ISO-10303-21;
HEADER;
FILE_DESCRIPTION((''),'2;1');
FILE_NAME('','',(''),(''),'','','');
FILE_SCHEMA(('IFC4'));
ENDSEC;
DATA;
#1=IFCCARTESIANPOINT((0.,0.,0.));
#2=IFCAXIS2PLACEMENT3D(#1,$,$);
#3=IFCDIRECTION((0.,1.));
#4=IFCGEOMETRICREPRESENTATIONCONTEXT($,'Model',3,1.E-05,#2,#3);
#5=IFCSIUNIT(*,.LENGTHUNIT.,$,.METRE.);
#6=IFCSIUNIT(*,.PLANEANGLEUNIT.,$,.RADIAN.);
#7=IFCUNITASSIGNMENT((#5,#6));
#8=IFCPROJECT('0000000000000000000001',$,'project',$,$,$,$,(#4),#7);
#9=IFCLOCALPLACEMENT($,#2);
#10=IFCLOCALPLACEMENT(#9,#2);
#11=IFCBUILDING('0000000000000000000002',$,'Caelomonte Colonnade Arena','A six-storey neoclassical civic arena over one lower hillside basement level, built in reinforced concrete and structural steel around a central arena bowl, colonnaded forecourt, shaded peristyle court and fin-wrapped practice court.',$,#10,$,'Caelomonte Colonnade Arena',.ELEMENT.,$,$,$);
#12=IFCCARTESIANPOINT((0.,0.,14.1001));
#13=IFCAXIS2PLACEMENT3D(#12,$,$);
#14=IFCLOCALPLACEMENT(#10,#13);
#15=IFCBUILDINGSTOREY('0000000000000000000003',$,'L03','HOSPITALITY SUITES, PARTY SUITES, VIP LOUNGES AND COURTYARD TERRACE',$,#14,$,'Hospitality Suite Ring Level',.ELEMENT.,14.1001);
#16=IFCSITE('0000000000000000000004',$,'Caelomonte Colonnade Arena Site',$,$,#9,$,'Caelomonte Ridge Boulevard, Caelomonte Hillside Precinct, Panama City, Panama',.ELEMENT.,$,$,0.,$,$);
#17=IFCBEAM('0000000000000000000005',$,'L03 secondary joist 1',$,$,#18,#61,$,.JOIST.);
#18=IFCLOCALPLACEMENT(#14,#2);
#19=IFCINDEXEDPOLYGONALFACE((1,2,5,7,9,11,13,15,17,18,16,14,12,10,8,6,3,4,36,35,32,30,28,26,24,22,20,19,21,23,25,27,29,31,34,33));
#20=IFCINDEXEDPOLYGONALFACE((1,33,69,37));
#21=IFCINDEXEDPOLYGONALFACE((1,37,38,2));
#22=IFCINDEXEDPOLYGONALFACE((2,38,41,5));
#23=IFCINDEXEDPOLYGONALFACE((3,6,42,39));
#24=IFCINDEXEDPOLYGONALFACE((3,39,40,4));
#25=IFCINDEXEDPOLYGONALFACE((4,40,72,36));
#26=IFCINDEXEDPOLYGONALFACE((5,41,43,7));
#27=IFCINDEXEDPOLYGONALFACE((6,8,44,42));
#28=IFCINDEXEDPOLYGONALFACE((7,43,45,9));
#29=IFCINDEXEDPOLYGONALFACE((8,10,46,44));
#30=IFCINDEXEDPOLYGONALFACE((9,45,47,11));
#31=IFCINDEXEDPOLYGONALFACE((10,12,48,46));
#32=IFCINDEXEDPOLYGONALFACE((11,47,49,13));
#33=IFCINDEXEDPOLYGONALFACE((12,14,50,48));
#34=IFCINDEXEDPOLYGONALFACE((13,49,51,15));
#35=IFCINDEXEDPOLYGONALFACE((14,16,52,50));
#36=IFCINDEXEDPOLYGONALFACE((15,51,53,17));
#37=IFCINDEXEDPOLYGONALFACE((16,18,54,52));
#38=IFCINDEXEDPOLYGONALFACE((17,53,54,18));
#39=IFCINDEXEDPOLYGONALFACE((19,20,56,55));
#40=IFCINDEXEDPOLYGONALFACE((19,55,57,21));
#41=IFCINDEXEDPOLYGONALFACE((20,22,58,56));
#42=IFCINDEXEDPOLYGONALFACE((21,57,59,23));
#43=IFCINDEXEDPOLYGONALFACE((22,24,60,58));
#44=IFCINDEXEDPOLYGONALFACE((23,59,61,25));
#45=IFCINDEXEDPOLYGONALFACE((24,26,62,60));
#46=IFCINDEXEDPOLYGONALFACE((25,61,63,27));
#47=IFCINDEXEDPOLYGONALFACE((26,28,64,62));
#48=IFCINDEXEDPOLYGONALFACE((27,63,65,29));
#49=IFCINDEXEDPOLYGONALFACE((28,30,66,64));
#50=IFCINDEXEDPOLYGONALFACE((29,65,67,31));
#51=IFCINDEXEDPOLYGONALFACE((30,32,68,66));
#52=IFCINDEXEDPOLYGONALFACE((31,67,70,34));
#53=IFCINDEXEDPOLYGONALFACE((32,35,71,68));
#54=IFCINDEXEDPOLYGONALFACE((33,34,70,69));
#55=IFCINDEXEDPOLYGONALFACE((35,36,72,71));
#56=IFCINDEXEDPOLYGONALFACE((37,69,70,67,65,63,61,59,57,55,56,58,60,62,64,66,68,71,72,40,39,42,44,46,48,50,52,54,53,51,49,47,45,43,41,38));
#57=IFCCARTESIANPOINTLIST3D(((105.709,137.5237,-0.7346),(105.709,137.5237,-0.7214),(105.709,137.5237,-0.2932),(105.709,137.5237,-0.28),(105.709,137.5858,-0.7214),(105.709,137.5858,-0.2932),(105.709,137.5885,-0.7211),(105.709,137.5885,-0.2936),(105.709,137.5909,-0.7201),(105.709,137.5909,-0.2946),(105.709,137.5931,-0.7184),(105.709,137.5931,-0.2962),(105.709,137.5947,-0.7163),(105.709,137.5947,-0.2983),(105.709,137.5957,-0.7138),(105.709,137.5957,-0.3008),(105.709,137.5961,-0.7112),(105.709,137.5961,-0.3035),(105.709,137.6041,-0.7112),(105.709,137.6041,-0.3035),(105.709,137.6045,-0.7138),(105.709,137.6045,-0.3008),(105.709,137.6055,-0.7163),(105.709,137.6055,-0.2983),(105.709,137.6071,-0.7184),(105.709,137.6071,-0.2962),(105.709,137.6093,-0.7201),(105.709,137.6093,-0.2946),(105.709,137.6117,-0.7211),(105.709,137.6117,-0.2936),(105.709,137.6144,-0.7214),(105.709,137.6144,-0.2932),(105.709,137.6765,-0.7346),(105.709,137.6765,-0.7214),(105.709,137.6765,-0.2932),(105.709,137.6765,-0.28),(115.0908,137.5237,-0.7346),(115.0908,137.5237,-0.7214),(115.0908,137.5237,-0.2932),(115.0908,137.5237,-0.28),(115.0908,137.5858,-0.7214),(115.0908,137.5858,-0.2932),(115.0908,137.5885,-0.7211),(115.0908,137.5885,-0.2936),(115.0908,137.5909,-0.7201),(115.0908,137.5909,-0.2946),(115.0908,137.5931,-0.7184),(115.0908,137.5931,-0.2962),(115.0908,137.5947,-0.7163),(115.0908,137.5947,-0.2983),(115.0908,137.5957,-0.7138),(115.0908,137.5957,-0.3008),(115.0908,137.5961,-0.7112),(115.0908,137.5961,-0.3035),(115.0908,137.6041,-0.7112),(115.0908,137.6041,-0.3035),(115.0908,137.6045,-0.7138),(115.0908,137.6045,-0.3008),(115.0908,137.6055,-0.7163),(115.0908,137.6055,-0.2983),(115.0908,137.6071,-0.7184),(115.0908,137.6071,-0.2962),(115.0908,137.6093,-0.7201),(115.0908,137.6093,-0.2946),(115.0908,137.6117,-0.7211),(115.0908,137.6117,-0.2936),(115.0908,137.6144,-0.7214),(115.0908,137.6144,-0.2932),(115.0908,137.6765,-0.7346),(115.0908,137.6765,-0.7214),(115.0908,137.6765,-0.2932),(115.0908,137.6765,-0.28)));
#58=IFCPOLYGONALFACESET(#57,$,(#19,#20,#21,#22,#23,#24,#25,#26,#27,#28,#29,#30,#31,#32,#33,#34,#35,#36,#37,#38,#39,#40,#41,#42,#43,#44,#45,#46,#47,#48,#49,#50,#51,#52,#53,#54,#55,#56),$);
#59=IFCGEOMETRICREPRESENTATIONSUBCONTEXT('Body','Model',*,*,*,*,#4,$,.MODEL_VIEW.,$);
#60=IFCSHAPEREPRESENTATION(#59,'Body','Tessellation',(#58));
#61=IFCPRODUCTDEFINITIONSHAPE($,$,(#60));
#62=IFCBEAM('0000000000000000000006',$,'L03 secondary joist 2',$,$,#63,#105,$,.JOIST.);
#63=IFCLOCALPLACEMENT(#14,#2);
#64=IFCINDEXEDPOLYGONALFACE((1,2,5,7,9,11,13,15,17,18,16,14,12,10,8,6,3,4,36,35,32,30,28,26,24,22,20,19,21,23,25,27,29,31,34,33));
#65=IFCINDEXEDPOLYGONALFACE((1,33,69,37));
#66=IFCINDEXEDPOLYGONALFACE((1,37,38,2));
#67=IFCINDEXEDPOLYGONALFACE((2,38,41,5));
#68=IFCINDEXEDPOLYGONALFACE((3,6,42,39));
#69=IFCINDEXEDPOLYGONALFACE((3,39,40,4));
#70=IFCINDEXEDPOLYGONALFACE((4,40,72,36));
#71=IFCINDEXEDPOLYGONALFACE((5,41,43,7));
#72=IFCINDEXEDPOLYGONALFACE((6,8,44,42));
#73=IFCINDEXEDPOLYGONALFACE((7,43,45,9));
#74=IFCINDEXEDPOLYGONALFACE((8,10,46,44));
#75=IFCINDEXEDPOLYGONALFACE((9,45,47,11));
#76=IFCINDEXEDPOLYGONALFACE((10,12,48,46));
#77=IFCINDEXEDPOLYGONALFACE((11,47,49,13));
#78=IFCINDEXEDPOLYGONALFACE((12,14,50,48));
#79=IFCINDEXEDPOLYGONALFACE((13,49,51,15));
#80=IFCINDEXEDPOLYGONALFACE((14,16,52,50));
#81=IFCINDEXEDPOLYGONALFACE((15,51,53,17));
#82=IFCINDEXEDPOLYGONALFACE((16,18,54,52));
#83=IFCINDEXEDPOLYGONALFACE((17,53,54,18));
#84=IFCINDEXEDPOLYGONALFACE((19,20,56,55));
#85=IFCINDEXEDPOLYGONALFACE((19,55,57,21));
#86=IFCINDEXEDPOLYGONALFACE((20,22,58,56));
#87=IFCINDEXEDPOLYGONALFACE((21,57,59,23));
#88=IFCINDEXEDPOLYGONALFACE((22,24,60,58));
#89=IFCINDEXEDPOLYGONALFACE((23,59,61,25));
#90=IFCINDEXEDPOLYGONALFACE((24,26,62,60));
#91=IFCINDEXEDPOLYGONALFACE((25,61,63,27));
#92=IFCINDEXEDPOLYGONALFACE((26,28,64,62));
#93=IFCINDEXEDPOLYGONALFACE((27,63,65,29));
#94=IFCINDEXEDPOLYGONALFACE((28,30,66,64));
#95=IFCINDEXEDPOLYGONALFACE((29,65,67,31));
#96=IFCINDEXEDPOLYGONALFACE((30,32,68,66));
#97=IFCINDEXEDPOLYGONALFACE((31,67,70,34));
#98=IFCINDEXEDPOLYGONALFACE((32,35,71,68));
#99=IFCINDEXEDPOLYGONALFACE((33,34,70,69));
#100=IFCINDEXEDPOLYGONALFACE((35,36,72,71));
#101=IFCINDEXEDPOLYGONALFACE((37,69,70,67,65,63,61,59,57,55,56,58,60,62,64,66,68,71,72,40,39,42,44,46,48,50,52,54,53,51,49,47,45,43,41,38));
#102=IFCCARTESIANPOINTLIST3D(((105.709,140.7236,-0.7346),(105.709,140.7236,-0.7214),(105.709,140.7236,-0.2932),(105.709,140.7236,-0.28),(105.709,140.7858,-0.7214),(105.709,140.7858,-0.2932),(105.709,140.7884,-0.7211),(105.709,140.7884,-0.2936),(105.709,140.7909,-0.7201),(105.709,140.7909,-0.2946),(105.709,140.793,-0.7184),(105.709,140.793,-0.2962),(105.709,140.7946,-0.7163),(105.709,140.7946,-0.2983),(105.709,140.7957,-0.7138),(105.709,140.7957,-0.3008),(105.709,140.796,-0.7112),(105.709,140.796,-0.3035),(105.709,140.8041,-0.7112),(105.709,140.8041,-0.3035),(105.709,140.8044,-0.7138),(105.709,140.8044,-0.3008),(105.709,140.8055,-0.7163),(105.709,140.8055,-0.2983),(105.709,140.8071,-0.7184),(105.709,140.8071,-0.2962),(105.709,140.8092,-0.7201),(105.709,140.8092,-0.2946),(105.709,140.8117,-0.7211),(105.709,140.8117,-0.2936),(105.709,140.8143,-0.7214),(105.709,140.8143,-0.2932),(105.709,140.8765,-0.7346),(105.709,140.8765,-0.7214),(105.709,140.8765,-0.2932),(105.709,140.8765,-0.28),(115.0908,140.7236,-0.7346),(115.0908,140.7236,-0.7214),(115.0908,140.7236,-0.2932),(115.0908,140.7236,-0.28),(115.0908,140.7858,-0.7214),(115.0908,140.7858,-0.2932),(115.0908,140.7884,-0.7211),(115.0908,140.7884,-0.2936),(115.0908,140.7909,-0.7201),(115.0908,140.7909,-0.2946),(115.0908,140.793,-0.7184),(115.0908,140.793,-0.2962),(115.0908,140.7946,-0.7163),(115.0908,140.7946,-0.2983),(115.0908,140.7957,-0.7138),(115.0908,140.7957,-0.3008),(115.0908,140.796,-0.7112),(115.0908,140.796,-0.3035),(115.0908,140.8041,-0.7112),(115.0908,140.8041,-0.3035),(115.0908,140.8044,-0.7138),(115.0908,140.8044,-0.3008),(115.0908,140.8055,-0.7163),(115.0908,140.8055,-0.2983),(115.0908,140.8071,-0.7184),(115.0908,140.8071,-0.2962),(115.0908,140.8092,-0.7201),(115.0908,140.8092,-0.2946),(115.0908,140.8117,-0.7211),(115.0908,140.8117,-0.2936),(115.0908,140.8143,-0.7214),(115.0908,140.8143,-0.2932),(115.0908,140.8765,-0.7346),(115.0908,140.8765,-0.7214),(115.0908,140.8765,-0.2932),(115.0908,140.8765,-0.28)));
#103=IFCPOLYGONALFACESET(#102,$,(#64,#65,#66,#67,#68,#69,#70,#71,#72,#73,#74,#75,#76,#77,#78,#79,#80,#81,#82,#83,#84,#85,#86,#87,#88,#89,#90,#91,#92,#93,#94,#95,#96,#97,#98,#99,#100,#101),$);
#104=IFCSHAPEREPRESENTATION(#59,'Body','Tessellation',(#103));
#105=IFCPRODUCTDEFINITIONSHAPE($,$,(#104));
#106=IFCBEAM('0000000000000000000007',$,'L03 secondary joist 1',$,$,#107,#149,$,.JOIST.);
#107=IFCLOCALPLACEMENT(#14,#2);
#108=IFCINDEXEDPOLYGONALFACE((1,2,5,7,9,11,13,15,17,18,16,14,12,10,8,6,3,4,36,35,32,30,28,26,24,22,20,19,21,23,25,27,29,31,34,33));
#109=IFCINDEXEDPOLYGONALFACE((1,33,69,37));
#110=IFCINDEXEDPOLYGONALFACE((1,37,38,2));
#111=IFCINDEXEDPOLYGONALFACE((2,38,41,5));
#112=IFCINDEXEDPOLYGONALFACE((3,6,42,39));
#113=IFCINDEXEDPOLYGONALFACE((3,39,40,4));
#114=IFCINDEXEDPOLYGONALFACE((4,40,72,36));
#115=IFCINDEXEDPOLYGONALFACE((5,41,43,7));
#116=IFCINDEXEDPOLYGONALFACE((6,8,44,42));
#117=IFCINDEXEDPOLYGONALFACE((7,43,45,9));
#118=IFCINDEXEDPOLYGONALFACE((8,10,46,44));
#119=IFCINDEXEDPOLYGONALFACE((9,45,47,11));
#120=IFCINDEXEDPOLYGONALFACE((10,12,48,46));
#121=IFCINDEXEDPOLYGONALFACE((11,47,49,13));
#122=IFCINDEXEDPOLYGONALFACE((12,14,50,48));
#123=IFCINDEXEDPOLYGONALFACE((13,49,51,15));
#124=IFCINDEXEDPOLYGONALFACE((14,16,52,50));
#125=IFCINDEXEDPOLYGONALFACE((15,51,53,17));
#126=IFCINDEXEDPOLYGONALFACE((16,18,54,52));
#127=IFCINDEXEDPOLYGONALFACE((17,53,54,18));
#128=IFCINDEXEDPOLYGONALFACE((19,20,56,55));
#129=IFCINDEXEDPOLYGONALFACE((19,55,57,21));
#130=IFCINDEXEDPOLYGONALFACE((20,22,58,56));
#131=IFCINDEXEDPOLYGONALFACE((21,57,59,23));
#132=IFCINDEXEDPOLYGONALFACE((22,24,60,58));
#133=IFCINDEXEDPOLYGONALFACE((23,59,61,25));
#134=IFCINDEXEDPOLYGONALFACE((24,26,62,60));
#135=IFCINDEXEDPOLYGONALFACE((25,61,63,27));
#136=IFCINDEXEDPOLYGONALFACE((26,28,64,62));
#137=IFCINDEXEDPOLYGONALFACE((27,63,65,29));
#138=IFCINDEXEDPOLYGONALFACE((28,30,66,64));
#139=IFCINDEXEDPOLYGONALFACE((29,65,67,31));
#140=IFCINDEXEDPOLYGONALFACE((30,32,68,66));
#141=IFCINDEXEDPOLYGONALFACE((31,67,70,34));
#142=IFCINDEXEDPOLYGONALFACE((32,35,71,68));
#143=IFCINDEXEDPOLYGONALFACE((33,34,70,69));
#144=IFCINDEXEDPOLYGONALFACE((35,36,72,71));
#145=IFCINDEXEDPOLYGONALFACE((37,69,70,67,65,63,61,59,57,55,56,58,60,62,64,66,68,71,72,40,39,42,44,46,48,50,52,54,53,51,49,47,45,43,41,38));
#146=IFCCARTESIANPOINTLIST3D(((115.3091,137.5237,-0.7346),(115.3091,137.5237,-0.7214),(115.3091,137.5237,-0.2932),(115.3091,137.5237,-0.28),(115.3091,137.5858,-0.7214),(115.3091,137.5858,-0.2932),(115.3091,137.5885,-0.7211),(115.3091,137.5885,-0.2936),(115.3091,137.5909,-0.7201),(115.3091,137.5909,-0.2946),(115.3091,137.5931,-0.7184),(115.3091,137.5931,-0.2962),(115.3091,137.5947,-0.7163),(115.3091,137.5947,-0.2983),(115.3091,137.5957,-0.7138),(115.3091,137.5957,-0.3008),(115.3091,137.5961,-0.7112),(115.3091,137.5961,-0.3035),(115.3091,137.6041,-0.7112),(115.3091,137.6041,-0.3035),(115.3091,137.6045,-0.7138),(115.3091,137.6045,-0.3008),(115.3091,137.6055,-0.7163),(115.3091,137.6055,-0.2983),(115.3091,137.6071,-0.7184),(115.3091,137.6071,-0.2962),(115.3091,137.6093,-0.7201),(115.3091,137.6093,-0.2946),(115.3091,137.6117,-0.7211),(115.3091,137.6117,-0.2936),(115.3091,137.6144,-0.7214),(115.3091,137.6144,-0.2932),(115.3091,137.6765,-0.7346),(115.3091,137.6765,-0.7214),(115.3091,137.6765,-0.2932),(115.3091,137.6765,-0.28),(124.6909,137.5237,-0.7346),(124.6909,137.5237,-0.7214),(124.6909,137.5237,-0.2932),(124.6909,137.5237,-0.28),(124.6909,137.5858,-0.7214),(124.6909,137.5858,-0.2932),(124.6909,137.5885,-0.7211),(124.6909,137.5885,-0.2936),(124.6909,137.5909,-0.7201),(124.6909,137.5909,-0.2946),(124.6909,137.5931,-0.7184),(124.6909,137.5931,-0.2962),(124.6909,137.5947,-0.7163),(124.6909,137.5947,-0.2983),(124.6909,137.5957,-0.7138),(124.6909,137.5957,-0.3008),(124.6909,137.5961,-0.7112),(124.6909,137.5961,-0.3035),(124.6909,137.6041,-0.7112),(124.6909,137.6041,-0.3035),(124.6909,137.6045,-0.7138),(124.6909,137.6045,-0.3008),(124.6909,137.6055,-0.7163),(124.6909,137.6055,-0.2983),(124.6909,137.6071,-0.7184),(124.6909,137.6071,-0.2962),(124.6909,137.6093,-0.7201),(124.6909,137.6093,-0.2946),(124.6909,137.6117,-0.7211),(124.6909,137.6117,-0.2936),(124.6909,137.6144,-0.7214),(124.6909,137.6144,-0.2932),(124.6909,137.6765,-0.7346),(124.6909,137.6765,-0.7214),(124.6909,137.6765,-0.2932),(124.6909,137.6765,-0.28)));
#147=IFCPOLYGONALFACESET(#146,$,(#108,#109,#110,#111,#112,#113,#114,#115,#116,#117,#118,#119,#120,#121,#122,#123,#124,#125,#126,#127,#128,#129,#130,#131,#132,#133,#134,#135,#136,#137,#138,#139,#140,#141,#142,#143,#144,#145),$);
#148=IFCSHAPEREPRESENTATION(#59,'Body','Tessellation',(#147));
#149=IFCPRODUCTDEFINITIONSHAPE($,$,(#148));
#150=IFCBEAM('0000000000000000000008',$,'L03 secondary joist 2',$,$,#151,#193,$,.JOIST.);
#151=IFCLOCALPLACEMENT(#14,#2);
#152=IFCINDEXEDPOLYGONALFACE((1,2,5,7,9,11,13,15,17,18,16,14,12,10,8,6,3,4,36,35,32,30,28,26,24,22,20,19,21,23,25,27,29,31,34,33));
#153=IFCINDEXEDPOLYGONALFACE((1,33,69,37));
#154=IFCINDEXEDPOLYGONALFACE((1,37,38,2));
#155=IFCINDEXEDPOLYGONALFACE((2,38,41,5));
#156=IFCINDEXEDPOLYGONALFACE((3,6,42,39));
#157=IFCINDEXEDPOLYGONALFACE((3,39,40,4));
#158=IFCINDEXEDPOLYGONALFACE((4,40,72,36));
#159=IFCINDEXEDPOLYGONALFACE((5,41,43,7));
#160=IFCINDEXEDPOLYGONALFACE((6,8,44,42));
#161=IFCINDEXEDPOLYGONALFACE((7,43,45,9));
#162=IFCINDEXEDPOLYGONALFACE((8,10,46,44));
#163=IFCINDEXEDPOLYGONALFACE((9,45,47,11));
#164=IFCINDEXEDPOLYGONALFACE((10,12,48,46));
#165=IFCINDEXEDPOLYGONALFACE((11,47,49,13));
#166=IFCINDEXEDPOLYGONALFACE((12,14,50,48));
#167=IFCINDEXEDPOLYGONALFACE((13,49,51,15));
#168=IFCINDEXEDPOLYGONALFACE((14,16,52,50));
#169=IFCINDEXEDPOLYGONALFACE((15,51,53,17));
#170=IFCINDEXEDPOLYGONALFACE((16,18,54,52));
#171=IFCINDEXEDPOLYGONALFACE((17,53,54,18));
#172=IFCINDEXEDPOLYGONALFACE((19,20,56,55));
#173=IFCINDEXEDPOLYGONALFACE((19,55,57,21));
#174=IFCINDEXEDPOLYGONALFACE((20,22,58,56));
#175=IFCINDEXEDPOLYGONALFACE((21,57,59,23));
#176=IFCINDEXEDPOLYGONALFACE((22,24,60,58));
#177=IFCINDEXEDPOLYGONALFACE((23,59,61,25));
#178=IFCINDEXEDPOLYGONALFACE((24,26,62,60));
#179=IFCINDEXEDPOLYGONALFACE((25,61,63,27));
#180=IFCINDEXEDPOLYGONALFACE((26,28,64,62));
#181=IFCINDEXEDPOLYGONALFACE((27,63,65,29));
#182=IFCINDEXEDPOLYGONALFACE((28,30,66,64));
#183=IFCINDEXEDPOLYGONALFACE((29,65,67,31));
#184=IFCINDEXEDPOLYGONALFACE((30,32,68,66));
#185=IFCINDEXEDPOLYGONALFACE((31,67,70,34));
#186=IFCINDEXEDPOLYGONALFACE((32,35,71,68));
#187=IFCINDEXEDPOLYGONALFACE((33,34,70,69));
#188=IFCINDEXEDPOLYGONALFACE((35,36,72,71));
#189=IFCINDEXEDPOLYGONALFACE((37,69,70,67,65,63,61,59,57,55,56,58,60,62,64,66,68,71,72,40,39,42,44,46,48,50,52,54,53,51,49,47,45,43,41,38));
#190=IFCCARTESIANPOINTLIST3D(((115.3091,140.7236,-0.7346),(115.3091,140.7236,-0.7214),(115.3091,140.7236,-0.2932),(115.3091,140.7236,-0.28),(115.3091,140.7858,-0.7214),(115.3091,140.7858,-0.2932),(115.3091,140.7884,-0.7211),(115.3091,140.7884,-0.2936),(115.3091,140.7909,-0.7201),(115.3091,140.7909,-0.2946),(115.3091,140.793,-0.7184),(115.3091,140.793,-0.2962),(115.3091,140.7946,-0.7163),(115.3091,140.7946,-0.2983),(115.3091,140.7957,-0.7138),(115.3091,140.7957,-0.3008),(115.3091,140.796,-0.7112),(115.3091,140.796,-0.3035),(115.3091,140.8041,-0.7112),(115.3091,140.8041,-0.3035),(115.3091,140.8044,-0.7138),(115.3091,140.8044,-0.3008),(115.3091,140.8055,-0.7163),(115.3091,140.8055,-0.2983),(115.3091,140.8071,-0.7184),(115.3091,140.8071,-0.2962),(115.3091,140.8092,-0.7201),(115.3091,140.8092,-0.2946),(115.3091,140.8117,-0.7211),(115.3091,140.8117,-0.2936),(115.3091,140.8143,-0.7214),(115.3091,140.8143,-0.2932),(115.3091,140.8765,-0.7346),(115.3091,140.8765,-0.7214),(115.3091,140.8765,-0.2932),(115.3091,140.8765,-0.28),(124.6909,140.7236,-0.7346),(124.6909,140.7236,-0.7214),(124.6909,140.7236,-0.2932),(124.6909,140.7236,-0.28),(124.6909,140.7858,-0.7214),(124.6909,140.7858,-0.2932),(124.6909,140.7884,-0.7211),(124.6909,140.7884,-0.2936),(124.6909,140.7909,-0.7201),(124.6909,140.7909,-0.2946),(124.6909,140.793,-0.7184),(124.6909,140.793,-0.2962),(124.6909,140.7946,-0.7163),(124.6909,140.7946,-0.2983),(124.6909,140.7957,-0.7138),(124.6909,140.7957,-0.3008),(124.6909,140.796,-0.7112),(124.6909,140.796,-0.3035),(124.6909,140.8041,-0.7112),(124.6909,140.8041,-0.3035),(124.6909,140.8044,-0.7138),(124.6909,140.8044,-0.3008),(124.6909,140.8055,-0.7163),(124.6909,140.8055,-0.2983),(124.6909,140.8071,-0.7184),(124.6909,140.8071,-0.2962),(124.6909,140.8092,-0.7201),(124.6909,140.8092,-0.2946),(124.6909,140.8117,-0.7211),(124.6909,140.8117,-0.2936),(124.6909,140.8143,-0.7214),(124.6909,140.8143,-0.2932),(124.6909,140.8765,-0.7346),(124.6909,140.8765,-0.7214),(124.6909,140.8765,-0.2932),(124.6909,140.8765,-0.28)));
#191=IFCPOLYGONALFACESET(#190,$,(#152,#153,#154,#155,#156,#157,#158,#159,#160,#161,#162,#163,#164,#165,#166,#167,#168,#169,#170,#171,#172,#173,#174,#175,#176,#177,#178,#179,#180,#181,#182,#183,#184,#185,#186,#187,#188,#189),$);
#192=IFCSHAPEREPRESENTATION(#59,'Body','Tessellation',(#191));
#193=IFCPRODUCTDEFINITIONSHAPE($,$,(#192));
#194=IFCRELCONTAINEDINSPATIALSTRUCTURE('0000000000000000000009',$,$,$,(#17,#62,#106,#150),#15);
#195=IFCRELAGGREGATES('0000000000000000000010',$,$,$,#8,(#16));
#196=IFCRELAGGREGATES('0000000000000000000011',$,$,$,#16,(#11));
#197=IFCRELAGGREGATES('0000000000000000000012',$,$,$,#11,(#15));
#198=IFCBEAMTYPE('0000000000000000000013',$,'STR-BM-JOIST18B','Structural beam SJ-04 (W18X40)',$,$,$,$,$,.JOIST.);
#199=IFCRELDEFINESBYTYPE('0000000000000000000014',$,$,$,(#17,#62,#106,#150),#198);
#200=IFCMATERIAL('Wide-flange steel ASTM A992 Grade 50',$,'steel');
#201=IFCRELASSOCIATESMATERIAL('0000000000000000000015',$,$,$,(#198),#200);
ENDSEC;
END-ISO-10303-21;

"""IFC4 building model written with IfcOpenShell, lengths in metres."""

from ifc_helpers import new_model, si_unit, direction, frame, origin, origin_2d, place, context, subcontext, project, spatial, i_section, extrude, material, material_profile, profile_set, type_object, element, save


model = new_model("IFC4")

# Units and contexts
model_context = context("Model", 3, precision=1e-05, world=origin(), true_north=direction((0.0, 1.0)))
body_context = subcontext(model_context, "Body", "Model", "MODEL_VIEW")
ifc_project = project(units=[si_unit("LENGTHUNIT", "METRE"), si_unit("PLANEANGLEUNIT", "RADIAN")], contexts=[model_context])

# Site, building, storey
site_placement = place(None, origin())
site = spatial("IfcSite", under=ifc_project, at=site_placement, Name="Caelomonte Colonnade Arena Site", LongName="Caelomonte Ridge Boulevard, Caelomonte Hillside Precinct, Panama City, Panama", CompositionType="ELEMENT", RefElevation=0.0)
building_placement = place(site_placement, origin())
building = spatial("IfcBuilding", under=site, at=building_placement, Name="Caelomonte Colonnade Arena", Description="A six-storey neoclassical civic arena over one lower hillside basement level, built in reinforced concrete and structural steel around a central arena bowl, colonnaded forecourt, shaded peristyle court and fin-wrapped practice court.", LongName="Caelomonte Colonnade Arena", CompositionType="ELEMENT")
storey_placement = place(building_placement, frame((0.0, 0.0, 14.1001)))
storey = spatial("IfcBuildingStorey", under=building, at=storey_placement, Name="L03", Description="HOSPITALITY SUITES, PARTY SUITES, VIP LOUNGES AND COURTYARD TERRACE", LongName="Hospitality Suite Ring Level", CompositionType="ELEMENT", Elevation=14.1001)

# Beams
ifc_material_1 = material(Name="Wide-flange steel ASTM A992 Grade 50", Category="steel")
ifc_material_profile_1 = material_profile(ifc_material_1, i_section(OverallWidth=0.1528, OverallDepth=0.4546, WebThickness=0.0081, FlangeThickness=0.0132, FilletRadius=0.0103, at=origin_2d()), Name="W18X40")
ifc_profile_set_1 = profile_set([ifc_material_profile_1], Name="Wide-flange steel ASTM A992 Grade 50")
beam_type_1 = type_object("IfcBeamType", Name="STR-BM-JOIST18B", Description="Structural beam SJ-04 (W18X40)", PredefinedType="JOIST", material=ifc_profile_set_1)
for number, where, z_axis, x_axis, name in (
    (1, (105.709, 137.6001, -0.5073), (1.0, 0.0, 0.0), (0.0, 1.0, 0.0), "L03 secondary joist 1"),
    (2, (105.709, 140.8, -0.5073), (1.0, 0.0, 0.0), (0.0, 1.0, 0.0), "L03 secondary joist 2"),
    (3, (115.3091, 137.6001, -0.5073), (1.0, 0.0, 0.0), (0.0, 1.0, 0.0), "L03 secondary joist 1"),
    (4, (115.3091, 140.8, -0.5073), (1.0, 0.0, 0.0), (0.0, 1.0, 0.0), "L03 secondary joist 2"),
):
    element("IfcBeam", number, at=place(storey_placement, frame(where, z_axis=z_axis, x_axis=x_axis)), inside=storey, type_object=beam_type_1, Name=name, PredefinedType="JOIST", context=body_context, shape_type="SweptSolid", body=[
        extrude(i_section(OverallWidth=0.1528, OverallDepth=0.4546, WebThickness=0.0081, FlangeThickness=0.0132, FilletRadius=0.0103, at=origin_2d()), origin(), (0.0, 0.0, 1.0), 9.3818),
    ])

save(model, "model.ifc")
